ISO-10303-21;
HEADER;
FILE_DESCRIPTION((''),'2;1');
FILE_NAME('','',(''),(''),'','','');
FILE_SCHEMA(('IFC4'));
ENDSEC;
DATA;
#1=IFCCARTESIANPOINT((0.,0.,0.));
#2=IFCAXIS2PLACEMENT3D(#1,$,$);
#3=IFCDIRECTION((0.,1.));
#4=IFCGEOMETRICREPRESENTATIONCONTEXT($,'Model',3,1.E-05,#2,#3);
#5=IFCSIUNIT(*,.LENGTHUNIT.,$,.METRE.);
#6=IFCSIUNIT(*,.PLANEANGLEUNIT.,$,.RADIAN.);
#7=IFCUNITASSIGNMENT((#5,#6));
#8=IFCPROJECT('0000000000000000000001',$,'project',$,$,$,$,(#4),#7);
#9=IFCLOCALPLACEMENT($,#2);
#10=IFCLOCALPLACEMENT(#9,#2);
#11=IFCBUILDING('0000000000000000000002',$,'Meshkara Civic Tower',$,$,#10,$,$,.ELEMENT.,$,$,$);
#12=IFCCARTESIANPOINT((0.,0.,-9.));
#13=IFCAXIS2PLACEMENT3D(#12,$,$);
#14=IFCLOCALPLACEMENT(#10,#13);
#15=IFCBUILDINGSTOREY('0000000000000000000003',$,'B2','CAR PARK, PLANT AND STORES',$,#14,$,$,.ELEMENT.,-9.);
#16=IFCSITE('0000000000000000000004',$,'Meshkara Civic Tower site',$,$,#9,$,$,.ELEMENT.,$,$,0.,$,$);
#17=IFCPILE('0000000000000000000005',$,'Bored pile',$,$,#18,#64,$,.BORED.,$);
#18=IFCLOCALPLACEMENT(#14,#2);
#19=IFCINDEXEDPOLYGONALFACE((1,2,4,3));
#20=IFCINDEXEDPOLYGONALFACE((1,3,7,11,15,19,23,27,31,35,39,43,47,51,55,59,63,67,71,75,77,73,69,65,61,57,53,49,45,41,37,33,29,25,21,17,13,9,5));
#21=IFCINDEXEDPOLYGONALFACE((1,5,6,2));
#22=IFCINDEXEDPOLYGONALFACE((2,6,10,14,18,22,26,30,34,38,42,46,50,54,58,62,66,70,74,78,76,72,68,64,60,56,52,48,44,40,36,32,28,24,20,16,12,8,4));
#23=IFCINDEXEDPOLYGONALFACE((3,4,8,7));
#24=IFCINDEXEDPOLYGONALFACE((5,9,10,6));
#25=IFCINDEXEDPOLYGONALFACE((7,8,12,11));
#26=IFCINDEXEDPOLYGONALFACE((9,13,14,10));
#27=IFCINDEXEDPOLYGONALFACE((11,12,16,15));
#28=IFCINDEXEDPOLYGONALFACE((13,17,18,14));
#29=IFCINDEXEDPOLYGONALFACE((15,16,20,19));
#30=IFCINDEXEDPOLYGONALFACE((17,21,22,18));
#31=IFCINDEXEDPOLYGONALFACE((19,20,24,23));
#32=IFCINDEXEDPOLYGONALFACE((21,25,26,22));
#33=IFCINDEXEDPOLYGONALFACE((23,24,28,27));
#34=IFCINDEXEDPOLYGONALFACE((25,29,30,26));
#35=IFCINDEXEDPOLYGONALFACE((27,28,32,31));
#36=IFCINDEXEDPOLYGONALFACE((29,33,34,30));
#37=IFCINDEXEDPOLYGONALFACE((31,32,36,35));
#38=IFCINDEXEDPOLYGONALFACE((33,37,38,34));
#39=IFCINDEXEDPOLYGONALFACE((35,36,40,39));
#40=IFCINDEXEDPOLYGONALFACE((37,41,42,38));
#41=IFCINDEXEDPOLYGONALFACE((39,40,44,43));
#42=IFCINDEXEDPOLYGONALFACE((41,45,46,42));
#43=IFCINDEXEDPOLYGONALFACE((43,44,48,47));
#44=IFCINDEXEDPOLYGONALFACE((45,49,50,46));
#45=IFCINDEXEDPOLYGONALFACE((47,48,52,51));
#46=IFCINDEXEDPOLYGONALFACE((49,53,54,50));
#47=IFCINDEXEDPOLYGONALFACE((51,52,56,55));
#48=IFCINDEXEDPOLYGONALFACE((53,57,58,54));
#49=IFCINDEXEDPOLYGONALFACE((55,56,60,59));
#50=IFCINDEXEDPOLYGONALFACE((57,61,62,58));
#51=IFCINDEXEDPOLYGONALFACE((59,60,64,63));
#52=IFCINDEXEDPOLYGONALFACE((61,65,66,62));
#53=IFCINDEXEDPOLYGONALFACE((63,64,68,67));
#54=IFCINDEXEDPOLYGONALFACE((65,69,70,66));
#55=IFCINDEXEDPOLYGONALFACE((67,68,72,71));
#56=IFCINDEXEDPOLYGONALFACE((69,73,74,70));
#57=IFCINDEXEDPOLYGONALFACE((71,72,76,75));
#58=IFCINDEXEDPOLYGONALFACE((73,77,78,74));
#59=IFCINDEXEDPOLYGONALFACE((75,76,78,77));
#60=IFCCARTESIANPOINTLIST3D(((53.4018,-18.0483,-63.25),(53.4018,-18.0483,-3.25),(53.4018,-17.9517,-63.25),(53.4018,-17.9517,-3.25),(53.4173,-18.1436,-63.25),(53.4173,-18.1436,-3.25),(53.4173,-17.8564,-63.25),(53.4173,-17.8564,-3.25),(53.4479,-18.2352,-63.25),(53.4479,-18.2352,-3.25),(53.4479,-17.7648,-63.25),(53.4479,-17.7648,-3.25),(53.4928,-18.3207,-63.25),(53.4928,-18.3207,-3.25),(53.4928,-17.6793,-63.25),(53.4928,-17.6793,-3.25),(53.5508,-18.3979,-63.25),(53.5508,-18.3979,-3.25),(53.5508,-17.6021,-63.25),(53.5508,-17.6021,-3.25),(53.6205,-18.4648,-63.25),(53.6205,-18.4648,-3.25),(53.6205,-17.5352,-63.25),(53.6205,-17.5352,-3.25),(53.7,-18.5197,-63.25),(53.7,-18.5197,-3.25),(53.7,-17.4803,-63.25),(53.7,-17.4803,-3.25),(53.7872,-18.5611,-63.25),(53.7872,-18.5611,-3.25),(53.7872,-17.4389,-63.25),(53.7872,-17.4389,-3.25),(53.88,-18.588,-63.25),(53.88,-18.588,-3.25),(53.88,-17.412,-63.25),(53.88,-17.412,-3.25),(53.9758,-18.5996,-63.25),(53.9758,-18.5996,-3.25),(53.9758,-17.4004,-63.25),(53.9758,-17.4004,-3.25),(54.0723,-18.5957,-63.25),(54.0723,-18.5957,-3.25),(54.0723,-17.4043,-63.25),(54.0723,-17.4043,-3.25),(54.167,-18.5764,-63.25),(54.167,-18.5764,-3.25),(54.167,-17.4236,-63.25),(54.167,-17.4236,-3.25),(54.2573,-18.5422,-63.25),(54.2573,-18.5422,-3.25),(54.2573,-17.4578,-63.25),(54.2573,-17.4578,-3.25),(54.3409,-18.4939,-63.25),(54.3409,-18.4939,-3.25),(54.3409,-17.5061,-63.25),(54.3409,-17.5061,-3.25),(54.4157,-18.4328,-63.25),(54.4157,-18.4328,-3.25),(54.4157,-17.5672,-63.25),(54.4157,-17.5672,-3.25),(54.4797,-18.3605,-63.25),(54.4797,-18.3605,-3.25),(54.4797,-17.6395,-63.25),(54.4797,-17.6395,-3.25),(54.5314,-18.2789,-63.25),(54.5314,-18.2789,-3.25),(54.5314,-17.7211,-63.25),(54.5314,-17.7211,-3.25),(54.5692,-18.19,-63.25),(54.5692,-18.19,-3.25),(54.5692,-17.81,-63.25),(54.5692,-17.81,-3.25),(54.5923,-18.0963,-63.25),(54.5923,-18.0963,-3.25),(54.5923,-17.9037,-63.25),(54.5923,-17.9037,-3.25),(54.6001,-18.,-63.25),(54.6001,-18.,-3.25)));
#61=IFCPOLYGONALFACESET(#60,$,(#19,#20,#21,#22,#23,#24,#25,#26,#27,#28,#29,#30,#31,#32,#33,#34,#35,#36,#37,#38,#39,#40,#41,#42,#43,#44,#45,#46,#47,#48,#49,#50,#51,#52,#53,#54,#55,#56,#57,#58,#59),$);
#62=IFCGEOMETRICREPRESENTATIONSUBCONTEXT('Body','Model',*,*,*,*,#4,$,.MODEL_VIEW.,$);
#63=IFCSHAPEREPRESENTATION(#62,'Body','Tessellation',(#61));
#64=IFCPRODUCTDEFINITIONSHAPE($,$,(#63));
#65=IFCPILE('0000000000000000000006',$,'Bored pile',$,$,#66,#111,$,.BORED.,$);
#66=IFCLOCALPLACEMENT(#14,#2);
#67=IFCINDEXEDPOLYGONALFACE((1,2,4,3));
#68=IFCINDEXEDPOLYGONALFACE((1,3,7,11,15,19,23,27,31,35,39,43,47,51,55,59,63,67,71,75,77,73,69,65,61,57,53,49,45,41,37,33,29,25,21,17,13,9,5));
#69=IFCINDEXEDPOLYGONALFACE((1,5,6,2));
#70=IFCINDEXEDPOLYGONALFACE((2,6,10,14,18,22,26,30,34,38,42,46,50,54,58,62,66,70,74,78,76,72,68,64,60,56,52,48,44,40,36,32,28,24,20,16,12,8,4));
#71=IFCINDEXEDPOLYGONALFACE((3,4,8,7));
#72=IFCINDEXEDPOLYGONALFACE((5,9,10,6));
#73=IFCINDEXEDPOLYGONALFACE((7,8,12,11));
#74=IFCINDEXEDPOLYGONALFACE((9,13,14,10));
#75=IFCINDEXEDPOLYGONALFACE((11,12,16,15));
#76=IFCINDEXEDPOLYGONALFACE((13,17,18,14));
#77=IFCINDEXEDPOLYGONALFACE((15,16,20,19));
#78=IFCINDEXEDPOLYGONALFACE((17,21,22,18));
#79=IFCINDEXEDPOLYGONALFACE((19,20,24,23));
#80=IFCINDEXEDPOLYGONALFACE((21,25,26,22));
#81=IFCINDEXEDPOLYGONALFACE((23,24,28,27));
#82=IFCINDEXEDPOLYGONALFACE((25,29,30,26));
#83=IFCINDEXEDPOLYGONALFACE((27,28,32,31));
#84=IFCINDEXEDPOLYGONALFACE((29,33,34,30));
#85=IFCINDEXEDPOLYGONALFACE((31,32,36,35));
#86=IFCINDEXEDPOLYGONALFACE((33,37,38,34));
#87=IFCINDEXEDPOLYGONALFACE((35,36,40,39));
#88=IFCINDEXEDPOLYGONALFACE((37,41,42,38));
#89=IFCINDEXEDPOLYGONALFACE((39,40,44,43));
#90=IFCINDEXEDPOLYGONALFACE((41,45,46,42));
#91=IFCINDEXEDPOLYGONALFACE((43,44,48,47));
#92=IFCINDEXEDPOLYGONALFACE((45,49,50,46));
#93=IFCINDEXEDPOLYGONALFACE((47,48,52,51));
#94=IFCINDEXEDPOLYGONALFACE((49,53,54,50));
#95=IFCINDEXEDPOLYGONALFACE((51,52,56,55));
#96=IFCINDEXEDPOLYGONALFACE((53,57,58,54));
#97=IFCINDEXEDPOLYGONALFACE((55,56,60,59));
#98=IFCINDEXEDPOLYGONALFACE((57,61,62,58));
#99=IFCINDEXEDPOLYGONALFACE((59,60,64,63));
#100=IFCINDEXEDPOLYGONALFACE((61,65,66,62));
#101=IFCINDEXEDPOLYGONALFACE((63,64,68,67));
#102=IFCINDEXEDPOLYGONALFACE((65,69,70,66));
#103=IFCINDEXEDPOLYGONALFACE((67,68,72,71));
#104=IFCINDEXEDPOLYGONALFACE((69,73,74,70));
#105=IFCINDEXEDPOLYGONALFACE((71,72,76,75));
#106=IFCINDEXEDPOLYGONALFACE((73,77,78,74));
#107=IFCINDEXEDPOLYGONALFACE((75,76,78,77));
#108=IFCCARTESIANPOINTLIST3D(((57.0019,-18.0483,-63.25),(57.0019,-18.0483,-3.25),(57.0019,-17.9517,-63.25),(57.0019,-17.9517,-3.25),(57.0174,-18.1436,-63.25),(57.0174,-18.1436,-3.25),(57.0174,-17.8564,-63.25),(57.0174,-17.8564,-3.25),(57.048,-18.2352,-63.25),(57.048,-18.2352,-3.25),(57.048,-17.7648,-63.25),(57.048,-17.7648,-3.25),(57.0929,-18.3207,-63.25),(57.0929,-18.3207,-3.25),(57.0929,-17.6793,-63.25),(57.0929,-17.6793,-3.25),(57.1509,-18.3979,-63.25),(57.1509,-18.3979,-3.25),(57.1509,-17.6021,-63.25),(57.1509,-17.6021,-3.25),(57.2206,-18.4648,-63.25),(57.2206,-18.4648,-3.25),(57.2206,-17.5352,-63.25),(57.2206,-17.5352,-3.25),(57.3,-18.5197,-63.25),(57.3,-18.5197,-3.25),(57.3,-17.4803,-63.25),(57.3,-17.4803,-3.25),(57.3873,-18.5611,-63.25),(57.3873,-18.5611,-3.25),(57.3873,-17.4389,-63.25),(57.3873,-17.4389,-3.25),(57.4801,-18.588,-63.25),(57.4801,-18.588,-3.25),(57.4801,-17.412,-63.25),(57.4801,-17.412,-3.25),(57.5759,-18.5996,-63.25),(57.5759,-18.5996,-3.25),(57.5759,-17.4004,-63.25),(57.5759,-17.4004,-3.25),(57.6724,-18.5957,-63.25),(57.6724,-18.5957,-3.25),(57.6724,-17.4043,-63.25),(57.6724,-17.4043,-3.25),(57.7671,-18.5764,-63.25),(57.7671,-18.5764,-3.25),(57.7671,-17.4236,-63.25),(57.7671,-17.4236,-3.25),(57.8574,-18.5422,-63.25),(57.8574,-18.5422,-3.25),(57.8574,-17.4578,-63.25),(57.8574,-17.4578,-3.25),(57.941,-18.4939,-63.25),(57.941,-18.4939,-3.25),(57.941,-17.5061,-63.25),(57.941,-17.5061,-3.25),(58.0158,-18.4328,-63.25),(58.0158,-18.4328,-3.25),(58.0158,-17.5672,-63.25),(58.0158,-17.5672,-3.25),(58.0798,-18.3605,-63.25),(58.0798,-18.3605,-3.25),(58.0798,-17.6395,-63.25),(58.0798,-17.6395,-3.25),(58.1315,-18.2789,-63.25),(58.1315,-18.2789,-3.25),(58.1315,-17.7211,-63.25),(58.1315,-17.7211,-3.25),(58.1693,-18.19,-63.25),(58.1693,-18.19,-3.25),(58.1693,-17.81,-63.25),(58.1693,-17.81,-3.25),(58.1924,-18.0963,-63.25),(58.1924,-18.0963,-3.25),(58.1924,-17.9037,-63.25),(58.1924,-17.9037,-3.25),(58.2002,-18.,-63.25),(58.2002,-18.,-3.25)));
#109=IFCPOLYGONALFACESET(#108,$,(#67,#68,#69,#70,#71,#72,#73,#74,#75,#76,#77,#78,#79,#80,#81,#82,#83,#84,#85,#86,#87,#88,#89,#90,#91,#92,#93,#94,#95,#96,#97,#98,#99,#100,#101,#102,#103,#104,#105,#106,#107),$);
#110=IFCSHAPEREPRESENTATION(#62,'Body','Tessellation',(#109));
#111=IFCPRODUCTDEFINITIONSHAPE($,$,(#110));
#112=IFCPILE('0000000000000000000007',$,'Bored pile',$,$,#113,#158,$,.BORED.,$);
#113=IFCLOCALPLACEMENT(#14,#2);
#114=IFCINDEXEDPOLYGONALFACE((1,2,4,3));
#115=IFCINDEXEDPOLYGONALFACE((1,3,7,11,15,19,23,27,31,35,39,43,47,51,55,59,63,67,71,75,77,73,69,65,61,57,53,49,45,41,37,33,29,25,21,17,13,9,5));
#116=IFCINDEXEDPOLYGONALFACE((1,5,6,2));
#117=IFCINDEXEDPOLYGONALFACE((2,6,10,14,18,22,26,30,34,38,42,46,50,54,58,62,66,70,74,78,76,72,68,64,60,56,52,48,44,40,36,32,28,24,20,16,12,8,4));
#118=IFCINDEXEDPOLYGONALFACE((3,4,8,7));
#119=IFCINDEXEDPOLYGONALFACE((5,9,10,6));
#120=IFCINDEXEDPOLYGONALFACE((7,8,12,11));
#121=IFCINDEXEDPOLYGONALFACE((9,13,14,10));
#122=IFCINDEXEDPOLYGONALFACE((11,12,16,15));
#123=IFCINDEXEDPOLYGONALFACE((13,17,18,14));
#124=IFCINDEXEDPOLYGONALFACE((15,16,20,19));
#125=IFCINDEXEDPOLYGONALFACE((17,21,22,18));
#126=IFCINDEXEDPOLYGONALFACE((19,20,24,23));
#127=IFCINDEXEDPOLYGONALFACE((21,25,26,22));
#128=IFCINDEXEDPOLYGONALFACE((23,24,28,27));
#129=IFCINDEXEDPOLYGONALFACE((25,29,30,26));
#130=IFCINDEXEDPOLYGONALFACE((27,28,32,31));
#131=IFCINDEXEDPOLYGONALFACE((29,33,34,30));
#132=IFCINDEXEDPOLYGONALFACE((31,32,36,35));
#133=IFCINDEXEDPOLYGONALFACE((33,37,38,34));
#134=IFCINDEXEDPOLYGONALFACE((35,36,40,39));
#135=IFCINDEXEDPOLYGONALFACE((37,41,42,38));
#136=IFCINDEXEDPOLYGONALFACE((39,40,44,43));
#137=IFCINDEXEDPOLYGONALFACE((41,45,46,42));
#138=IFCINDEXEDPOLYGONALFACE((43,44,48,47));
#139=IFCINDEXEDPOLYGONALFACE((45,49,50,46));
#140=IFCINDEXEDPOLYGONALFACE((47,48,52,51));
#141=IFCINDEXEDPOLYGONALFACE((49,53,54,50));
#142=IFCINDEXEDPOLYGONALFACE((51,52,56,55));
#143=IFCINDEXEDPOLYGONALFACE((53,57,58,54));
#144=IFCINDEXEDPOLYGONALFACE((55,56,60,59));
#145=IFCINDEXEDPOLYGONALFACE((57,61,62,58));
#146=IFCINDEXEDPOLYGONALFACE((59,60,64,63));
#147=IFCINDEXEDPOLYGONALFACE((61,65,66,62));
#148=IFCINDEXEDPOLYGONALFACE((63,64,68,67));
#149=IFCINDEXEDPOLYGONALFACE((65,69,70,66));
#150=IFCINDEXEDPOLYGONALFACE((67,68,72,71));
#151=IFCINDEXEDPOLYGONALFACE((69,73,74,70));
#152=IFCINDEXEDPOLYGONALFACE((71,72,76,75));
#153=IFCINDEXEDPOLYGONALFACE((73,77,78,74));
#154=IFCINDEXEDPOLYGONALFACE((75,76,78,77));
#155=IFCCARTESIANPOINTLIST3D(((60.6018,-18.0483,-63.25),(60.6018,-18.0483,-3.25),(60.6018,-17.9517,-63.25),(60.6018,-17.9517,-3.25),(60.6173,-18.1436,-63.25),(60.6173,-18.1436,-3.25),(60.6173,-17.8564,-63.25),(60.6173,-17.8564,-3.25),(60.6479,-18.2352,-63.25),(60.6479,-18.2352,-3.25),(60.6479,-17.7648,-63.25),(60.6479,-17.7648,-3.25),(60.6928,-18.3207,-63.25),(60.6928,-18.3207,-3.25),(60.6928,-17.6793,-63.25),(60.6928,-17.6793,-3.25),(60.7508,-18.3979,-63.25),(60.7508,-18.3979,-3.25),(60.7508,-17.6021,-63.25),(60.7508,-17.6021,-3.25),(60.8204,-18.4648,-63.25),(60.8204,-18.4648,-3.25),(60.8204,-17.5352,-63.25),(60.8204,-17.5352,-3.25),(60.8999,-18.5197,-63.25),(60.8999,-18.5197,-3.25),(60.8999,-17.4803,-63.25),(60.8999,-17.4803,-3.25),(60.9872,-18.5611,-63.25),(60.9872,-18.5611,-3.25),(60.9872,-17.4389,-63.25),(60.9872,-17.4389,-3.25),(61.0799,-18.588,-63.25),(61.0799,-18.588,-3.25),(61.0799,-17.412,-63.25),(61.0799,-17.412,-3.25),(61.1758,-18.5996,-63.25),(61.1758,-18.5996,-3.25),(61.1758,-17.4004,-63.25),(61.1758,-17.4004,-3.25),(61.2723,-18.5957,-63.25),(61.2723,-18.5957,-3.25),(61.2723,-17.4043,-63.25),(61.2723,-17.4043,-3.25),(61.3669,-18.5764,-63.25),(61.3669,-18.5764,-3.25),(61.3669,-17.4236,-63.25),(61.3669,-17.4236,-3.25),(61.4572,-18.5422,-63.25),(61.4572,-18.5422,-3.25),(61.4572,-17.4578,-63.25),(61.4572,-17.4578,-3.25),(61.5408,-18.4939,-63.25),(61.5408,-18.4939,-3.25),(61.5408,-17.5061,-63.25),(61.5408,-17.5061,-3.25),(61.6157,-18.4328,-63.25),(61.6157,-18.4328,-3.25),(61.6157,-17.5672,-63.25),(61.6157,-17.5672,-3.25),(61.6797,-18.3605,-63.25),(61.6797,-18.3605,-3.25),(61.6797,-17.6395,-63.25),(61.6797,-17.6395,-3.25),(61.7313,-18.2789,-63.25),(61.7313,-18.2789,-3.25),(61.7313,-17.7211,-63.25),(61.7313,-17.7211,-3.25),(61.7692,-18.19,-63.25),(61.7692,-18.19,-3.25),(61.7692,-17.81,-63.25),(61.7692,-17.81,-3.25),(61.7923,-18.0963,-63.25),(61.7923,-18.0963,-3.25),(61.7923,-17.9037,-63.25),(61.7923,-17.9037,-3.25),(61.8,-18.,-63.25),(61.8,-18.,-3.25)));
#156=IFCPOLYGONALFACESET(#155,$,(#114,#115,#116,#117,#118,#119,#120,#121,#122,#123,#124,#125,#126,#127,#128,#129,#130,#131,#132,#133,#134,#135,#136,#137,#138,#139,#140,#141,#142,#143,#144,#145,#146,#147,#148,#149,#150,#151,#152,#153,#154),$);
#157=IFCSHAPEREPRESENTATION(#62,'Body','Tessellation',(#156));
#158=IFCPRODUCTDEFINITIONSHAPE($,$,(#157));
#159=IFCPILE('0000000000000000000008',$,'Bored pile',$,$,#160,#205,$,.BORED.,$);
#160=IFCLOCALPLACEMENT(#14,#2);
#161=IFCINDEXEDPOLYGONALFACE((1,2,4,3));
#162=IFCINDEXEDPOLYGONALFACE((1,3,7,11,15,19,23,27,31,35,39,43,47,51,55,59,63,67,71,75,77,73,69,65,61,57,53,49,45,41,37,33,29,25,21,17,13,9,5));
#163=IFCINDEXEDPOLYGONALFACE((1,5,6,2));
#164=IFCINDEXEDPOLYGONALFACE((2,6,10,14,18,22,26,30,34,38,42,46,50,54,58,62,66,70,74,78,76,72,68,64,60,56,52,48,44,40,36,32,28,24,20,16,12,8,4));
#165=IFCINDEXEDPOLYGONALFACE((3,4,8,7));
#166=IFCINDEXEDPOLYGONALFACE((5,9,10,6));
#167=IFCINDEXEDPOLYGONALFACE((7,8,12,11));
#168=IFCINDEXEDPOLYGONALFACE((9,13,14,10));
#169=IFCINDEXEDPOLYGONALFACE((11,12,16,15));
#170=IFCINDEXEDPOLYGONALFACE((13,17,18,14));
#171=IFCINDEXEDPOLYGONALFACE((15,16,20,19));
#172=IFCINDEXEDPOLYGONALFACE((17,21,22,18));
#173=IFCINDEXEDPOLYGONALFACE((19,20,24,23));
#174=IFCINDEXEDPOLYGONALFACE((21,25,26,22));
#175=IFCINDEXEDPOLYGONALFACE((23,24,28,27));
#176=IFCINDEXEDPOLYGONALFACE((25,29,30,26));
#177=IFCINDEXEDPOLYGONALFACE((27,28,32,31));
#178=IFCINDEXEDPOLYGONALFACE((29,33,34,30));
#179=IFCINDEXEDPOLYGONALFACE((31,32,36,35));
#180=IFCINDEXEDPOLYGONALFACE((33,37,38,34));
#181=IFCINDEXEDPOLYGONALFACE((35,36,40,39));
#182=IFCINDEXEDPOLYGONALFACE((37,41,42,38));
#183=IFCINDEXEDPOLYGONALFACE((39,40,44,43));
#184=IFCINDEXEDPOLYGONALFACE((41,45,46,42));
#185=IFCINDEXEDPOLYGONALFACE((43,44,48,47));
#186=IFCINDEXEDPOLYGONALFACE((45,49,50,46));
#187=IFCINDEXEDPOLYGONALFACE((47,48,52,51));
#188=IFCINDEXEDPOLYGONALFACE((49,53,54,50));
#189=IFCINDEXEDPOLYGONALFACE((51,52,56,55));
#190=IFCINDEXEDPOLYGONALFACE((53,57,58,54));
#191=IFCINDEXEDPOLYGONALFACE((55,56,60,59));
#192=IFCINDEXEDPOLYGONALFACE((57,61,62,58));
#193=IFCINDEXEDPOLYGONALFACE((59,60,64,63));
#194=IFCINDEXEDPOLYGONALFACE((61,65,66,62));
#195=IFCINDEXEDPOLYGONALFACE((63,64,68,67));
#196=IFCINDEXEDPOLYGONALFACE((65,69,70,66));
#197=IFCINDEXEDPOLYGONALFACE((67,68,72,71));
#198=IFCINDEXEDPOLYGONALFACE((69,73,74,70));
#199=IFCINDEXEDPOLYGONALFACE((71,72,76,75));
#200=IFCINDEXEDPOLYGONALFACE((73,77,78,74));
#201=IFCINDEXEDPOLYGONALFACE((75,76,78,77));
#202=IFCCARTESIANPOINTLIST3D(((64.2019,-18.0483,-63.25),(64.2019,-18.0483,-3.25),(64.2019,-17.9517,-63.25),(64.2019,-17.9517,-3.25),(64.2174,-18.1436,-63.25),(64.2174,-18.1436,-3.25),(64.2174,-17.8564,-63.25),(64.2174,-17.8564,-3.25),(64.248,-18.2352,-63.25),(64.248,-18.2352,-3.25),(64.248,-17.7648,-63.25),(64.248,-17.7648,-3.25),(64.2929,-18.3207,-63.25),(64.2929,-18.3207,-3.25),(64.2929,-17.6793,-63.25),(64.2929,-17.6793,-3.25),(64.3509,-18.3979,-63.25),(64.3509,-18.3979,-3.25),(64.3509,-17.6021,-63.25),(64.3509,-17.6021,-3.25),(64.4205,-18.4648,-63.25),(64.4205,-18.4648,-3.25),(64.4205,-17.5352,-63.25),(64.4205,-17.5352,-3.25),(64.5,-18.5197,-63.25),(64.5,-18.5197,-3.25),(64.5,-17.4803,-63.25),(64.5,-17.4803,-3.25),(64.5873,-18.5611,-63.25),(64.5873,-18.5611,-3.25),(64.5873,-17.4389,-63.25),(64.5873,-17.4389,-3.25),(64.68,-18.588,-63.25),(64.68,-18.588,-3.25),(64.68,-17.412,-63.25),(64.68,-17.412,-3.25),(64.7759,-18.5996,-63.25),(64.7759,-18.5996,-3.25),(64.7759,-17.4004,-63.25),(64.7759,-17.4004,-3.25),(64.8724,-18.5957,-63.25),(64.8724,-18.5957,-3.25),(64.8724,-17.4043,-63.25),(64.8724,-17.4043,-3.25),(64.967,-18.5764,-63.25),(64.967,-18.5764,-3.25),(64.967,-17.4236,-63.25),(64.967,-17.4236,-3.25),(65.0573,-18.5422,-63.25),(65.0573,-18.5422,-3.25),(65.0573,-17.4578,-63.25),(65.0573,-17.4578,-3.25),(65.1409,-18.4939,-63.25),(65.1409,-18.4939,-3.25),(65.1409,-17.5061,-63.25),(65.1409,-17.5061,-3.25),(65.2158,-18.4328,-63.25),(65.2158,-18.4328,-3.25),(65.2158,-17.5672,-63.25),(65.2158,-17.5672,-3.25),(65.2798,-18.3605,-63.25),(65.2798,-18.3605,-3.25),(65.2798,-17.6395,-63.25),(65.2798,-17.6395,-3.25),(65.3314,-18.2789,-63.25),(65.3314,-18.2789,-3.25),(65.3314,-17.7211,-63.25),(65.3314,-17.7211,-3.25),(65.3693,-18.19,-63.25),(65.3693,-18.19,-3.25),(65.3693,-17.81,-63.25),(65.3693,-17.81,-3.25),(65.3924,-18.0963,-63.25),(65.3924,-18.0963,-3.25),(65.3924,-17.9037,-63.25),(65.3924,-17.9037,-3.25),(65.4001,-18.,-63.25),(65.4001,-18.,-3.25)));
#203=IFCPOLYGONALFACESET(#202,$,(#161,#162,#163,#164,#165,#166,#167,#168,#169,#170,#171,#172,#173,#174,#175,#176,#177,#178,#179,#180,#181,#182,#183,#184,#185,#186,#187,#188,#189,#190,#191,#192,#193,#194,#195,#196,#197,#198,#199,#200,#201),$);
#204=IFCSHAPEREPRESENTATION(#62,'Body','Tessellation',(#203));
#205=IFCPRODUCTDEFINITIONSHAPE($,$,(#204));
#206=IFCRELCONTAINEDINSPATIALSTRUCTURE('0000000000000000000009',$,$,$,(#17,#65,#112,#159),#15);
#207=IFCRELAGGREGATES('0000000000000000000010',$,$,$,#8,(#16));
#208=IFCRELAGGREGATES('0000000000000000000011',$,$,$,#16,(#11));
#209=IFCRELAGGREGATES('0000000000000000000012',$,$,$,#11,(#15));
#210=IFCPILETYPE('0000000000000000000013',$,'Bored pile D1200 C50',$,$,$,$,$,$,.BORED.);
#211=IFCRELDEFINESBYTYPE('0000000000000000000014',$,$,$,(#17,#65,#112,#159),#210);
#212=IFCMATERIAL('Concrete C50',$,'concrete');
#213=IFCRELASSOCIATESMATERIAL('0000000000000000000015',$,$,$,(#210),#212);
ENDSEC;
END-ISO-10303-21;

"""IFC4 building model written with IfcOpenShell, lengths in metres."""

from ifc_helpers import new_model, si_unit, direction, frame, origin, origin_2d, place, context, subcontext, project, spatial, circle, extrude, material, material_profile, profile_set, type_object, element, save


model = new_model("IFC4")

# Units and contexts
model_context = context("Model", 3, precision=1e-05, world=origin(), true_north=direction((0.0, 1.0)))
body_context = subcontext(model_context, "Body", "Model", "MODEL_VIEW")
ifc_project = project(units=[si_unit("LENGTHUNIT", "METRE"), si_unit("PLANEANGLEUNIT", "RADIAN")], contexts=[model_context])

# Site, building, storey
site_placement = place(None, origin())
site = spatial("IfcSite", under=ifc_project, at=site_placement, Name="Meshkara Civic Tower site", CompositionType="ELEMENT", RefElevation=0.0)
building_placement = place(site_placement, origin())
building = spatial("IfcBuilding", under=site, at=building_placement, Name="Meshkara Civic Tower", CompositionType="ELEMENT")
storey_placement = place(building_placement, frame((0.0, 0.0, -9.0)))
storey = spatial("IfcBuildingStorey", under=building, at=storey_placement, Name="B2", Description="CAR PARK, PLANT AND STORES", CompositionType="ELEMENT", Elevation=-9.0)

# Piles
ifc_material_1 = material(Name="Concrete C50", Category="concrete")
ifc_material_profile_1 = material_profile(ifc_material_1, circle(Radius=0.6001, at=origin_2d()))
ifc_profile_set_1 = profile_set([ifc_material_profile_1], Name="Concrete C50")
pile_type = type_object("IfcPileType", Name="Bored pile D1200 C50", PredefinedType="BORED", material=ifc_profile_set_1)
for number, where, z_axis, x_axis, name in (
    (1, (54.0, -18.0, -3.25), (0.0, 0.0, -1.0), (1.0, 0.0, 0.0), "Bored pile"),
    (2, (57.6001, -18.0, -3.25), (0.0, 0.0, -1.0), (1.0, 0.0, 0.0), "Bored pile"),
    (3, (61.2, -18.0, -3.25), (0.0, 0.0, -1.0), (1.0, 0.0, 0.0), "Bored pile"),
    (4, (64.8, -18.0, -3.25), (0.0, 0.0, -1.0), (1.0, 0.0, 0.0), "Bored pile"),
):
    element("IfcPile", number, at=place(storey_placement, frame(where, z_axis=z_axis, x_axis=x_axis)), inside=storey, type_object=pile_type, Name=name, PredefinedType="BORED", context=body_context, shape_type="SweptSolid", body=[
        extrude(circle(Radius=0.6001, at=origin_2d()), origin(), (0.0, 0.0, 1.0), 60.0),
    ])

save(model, "model.ifc")
